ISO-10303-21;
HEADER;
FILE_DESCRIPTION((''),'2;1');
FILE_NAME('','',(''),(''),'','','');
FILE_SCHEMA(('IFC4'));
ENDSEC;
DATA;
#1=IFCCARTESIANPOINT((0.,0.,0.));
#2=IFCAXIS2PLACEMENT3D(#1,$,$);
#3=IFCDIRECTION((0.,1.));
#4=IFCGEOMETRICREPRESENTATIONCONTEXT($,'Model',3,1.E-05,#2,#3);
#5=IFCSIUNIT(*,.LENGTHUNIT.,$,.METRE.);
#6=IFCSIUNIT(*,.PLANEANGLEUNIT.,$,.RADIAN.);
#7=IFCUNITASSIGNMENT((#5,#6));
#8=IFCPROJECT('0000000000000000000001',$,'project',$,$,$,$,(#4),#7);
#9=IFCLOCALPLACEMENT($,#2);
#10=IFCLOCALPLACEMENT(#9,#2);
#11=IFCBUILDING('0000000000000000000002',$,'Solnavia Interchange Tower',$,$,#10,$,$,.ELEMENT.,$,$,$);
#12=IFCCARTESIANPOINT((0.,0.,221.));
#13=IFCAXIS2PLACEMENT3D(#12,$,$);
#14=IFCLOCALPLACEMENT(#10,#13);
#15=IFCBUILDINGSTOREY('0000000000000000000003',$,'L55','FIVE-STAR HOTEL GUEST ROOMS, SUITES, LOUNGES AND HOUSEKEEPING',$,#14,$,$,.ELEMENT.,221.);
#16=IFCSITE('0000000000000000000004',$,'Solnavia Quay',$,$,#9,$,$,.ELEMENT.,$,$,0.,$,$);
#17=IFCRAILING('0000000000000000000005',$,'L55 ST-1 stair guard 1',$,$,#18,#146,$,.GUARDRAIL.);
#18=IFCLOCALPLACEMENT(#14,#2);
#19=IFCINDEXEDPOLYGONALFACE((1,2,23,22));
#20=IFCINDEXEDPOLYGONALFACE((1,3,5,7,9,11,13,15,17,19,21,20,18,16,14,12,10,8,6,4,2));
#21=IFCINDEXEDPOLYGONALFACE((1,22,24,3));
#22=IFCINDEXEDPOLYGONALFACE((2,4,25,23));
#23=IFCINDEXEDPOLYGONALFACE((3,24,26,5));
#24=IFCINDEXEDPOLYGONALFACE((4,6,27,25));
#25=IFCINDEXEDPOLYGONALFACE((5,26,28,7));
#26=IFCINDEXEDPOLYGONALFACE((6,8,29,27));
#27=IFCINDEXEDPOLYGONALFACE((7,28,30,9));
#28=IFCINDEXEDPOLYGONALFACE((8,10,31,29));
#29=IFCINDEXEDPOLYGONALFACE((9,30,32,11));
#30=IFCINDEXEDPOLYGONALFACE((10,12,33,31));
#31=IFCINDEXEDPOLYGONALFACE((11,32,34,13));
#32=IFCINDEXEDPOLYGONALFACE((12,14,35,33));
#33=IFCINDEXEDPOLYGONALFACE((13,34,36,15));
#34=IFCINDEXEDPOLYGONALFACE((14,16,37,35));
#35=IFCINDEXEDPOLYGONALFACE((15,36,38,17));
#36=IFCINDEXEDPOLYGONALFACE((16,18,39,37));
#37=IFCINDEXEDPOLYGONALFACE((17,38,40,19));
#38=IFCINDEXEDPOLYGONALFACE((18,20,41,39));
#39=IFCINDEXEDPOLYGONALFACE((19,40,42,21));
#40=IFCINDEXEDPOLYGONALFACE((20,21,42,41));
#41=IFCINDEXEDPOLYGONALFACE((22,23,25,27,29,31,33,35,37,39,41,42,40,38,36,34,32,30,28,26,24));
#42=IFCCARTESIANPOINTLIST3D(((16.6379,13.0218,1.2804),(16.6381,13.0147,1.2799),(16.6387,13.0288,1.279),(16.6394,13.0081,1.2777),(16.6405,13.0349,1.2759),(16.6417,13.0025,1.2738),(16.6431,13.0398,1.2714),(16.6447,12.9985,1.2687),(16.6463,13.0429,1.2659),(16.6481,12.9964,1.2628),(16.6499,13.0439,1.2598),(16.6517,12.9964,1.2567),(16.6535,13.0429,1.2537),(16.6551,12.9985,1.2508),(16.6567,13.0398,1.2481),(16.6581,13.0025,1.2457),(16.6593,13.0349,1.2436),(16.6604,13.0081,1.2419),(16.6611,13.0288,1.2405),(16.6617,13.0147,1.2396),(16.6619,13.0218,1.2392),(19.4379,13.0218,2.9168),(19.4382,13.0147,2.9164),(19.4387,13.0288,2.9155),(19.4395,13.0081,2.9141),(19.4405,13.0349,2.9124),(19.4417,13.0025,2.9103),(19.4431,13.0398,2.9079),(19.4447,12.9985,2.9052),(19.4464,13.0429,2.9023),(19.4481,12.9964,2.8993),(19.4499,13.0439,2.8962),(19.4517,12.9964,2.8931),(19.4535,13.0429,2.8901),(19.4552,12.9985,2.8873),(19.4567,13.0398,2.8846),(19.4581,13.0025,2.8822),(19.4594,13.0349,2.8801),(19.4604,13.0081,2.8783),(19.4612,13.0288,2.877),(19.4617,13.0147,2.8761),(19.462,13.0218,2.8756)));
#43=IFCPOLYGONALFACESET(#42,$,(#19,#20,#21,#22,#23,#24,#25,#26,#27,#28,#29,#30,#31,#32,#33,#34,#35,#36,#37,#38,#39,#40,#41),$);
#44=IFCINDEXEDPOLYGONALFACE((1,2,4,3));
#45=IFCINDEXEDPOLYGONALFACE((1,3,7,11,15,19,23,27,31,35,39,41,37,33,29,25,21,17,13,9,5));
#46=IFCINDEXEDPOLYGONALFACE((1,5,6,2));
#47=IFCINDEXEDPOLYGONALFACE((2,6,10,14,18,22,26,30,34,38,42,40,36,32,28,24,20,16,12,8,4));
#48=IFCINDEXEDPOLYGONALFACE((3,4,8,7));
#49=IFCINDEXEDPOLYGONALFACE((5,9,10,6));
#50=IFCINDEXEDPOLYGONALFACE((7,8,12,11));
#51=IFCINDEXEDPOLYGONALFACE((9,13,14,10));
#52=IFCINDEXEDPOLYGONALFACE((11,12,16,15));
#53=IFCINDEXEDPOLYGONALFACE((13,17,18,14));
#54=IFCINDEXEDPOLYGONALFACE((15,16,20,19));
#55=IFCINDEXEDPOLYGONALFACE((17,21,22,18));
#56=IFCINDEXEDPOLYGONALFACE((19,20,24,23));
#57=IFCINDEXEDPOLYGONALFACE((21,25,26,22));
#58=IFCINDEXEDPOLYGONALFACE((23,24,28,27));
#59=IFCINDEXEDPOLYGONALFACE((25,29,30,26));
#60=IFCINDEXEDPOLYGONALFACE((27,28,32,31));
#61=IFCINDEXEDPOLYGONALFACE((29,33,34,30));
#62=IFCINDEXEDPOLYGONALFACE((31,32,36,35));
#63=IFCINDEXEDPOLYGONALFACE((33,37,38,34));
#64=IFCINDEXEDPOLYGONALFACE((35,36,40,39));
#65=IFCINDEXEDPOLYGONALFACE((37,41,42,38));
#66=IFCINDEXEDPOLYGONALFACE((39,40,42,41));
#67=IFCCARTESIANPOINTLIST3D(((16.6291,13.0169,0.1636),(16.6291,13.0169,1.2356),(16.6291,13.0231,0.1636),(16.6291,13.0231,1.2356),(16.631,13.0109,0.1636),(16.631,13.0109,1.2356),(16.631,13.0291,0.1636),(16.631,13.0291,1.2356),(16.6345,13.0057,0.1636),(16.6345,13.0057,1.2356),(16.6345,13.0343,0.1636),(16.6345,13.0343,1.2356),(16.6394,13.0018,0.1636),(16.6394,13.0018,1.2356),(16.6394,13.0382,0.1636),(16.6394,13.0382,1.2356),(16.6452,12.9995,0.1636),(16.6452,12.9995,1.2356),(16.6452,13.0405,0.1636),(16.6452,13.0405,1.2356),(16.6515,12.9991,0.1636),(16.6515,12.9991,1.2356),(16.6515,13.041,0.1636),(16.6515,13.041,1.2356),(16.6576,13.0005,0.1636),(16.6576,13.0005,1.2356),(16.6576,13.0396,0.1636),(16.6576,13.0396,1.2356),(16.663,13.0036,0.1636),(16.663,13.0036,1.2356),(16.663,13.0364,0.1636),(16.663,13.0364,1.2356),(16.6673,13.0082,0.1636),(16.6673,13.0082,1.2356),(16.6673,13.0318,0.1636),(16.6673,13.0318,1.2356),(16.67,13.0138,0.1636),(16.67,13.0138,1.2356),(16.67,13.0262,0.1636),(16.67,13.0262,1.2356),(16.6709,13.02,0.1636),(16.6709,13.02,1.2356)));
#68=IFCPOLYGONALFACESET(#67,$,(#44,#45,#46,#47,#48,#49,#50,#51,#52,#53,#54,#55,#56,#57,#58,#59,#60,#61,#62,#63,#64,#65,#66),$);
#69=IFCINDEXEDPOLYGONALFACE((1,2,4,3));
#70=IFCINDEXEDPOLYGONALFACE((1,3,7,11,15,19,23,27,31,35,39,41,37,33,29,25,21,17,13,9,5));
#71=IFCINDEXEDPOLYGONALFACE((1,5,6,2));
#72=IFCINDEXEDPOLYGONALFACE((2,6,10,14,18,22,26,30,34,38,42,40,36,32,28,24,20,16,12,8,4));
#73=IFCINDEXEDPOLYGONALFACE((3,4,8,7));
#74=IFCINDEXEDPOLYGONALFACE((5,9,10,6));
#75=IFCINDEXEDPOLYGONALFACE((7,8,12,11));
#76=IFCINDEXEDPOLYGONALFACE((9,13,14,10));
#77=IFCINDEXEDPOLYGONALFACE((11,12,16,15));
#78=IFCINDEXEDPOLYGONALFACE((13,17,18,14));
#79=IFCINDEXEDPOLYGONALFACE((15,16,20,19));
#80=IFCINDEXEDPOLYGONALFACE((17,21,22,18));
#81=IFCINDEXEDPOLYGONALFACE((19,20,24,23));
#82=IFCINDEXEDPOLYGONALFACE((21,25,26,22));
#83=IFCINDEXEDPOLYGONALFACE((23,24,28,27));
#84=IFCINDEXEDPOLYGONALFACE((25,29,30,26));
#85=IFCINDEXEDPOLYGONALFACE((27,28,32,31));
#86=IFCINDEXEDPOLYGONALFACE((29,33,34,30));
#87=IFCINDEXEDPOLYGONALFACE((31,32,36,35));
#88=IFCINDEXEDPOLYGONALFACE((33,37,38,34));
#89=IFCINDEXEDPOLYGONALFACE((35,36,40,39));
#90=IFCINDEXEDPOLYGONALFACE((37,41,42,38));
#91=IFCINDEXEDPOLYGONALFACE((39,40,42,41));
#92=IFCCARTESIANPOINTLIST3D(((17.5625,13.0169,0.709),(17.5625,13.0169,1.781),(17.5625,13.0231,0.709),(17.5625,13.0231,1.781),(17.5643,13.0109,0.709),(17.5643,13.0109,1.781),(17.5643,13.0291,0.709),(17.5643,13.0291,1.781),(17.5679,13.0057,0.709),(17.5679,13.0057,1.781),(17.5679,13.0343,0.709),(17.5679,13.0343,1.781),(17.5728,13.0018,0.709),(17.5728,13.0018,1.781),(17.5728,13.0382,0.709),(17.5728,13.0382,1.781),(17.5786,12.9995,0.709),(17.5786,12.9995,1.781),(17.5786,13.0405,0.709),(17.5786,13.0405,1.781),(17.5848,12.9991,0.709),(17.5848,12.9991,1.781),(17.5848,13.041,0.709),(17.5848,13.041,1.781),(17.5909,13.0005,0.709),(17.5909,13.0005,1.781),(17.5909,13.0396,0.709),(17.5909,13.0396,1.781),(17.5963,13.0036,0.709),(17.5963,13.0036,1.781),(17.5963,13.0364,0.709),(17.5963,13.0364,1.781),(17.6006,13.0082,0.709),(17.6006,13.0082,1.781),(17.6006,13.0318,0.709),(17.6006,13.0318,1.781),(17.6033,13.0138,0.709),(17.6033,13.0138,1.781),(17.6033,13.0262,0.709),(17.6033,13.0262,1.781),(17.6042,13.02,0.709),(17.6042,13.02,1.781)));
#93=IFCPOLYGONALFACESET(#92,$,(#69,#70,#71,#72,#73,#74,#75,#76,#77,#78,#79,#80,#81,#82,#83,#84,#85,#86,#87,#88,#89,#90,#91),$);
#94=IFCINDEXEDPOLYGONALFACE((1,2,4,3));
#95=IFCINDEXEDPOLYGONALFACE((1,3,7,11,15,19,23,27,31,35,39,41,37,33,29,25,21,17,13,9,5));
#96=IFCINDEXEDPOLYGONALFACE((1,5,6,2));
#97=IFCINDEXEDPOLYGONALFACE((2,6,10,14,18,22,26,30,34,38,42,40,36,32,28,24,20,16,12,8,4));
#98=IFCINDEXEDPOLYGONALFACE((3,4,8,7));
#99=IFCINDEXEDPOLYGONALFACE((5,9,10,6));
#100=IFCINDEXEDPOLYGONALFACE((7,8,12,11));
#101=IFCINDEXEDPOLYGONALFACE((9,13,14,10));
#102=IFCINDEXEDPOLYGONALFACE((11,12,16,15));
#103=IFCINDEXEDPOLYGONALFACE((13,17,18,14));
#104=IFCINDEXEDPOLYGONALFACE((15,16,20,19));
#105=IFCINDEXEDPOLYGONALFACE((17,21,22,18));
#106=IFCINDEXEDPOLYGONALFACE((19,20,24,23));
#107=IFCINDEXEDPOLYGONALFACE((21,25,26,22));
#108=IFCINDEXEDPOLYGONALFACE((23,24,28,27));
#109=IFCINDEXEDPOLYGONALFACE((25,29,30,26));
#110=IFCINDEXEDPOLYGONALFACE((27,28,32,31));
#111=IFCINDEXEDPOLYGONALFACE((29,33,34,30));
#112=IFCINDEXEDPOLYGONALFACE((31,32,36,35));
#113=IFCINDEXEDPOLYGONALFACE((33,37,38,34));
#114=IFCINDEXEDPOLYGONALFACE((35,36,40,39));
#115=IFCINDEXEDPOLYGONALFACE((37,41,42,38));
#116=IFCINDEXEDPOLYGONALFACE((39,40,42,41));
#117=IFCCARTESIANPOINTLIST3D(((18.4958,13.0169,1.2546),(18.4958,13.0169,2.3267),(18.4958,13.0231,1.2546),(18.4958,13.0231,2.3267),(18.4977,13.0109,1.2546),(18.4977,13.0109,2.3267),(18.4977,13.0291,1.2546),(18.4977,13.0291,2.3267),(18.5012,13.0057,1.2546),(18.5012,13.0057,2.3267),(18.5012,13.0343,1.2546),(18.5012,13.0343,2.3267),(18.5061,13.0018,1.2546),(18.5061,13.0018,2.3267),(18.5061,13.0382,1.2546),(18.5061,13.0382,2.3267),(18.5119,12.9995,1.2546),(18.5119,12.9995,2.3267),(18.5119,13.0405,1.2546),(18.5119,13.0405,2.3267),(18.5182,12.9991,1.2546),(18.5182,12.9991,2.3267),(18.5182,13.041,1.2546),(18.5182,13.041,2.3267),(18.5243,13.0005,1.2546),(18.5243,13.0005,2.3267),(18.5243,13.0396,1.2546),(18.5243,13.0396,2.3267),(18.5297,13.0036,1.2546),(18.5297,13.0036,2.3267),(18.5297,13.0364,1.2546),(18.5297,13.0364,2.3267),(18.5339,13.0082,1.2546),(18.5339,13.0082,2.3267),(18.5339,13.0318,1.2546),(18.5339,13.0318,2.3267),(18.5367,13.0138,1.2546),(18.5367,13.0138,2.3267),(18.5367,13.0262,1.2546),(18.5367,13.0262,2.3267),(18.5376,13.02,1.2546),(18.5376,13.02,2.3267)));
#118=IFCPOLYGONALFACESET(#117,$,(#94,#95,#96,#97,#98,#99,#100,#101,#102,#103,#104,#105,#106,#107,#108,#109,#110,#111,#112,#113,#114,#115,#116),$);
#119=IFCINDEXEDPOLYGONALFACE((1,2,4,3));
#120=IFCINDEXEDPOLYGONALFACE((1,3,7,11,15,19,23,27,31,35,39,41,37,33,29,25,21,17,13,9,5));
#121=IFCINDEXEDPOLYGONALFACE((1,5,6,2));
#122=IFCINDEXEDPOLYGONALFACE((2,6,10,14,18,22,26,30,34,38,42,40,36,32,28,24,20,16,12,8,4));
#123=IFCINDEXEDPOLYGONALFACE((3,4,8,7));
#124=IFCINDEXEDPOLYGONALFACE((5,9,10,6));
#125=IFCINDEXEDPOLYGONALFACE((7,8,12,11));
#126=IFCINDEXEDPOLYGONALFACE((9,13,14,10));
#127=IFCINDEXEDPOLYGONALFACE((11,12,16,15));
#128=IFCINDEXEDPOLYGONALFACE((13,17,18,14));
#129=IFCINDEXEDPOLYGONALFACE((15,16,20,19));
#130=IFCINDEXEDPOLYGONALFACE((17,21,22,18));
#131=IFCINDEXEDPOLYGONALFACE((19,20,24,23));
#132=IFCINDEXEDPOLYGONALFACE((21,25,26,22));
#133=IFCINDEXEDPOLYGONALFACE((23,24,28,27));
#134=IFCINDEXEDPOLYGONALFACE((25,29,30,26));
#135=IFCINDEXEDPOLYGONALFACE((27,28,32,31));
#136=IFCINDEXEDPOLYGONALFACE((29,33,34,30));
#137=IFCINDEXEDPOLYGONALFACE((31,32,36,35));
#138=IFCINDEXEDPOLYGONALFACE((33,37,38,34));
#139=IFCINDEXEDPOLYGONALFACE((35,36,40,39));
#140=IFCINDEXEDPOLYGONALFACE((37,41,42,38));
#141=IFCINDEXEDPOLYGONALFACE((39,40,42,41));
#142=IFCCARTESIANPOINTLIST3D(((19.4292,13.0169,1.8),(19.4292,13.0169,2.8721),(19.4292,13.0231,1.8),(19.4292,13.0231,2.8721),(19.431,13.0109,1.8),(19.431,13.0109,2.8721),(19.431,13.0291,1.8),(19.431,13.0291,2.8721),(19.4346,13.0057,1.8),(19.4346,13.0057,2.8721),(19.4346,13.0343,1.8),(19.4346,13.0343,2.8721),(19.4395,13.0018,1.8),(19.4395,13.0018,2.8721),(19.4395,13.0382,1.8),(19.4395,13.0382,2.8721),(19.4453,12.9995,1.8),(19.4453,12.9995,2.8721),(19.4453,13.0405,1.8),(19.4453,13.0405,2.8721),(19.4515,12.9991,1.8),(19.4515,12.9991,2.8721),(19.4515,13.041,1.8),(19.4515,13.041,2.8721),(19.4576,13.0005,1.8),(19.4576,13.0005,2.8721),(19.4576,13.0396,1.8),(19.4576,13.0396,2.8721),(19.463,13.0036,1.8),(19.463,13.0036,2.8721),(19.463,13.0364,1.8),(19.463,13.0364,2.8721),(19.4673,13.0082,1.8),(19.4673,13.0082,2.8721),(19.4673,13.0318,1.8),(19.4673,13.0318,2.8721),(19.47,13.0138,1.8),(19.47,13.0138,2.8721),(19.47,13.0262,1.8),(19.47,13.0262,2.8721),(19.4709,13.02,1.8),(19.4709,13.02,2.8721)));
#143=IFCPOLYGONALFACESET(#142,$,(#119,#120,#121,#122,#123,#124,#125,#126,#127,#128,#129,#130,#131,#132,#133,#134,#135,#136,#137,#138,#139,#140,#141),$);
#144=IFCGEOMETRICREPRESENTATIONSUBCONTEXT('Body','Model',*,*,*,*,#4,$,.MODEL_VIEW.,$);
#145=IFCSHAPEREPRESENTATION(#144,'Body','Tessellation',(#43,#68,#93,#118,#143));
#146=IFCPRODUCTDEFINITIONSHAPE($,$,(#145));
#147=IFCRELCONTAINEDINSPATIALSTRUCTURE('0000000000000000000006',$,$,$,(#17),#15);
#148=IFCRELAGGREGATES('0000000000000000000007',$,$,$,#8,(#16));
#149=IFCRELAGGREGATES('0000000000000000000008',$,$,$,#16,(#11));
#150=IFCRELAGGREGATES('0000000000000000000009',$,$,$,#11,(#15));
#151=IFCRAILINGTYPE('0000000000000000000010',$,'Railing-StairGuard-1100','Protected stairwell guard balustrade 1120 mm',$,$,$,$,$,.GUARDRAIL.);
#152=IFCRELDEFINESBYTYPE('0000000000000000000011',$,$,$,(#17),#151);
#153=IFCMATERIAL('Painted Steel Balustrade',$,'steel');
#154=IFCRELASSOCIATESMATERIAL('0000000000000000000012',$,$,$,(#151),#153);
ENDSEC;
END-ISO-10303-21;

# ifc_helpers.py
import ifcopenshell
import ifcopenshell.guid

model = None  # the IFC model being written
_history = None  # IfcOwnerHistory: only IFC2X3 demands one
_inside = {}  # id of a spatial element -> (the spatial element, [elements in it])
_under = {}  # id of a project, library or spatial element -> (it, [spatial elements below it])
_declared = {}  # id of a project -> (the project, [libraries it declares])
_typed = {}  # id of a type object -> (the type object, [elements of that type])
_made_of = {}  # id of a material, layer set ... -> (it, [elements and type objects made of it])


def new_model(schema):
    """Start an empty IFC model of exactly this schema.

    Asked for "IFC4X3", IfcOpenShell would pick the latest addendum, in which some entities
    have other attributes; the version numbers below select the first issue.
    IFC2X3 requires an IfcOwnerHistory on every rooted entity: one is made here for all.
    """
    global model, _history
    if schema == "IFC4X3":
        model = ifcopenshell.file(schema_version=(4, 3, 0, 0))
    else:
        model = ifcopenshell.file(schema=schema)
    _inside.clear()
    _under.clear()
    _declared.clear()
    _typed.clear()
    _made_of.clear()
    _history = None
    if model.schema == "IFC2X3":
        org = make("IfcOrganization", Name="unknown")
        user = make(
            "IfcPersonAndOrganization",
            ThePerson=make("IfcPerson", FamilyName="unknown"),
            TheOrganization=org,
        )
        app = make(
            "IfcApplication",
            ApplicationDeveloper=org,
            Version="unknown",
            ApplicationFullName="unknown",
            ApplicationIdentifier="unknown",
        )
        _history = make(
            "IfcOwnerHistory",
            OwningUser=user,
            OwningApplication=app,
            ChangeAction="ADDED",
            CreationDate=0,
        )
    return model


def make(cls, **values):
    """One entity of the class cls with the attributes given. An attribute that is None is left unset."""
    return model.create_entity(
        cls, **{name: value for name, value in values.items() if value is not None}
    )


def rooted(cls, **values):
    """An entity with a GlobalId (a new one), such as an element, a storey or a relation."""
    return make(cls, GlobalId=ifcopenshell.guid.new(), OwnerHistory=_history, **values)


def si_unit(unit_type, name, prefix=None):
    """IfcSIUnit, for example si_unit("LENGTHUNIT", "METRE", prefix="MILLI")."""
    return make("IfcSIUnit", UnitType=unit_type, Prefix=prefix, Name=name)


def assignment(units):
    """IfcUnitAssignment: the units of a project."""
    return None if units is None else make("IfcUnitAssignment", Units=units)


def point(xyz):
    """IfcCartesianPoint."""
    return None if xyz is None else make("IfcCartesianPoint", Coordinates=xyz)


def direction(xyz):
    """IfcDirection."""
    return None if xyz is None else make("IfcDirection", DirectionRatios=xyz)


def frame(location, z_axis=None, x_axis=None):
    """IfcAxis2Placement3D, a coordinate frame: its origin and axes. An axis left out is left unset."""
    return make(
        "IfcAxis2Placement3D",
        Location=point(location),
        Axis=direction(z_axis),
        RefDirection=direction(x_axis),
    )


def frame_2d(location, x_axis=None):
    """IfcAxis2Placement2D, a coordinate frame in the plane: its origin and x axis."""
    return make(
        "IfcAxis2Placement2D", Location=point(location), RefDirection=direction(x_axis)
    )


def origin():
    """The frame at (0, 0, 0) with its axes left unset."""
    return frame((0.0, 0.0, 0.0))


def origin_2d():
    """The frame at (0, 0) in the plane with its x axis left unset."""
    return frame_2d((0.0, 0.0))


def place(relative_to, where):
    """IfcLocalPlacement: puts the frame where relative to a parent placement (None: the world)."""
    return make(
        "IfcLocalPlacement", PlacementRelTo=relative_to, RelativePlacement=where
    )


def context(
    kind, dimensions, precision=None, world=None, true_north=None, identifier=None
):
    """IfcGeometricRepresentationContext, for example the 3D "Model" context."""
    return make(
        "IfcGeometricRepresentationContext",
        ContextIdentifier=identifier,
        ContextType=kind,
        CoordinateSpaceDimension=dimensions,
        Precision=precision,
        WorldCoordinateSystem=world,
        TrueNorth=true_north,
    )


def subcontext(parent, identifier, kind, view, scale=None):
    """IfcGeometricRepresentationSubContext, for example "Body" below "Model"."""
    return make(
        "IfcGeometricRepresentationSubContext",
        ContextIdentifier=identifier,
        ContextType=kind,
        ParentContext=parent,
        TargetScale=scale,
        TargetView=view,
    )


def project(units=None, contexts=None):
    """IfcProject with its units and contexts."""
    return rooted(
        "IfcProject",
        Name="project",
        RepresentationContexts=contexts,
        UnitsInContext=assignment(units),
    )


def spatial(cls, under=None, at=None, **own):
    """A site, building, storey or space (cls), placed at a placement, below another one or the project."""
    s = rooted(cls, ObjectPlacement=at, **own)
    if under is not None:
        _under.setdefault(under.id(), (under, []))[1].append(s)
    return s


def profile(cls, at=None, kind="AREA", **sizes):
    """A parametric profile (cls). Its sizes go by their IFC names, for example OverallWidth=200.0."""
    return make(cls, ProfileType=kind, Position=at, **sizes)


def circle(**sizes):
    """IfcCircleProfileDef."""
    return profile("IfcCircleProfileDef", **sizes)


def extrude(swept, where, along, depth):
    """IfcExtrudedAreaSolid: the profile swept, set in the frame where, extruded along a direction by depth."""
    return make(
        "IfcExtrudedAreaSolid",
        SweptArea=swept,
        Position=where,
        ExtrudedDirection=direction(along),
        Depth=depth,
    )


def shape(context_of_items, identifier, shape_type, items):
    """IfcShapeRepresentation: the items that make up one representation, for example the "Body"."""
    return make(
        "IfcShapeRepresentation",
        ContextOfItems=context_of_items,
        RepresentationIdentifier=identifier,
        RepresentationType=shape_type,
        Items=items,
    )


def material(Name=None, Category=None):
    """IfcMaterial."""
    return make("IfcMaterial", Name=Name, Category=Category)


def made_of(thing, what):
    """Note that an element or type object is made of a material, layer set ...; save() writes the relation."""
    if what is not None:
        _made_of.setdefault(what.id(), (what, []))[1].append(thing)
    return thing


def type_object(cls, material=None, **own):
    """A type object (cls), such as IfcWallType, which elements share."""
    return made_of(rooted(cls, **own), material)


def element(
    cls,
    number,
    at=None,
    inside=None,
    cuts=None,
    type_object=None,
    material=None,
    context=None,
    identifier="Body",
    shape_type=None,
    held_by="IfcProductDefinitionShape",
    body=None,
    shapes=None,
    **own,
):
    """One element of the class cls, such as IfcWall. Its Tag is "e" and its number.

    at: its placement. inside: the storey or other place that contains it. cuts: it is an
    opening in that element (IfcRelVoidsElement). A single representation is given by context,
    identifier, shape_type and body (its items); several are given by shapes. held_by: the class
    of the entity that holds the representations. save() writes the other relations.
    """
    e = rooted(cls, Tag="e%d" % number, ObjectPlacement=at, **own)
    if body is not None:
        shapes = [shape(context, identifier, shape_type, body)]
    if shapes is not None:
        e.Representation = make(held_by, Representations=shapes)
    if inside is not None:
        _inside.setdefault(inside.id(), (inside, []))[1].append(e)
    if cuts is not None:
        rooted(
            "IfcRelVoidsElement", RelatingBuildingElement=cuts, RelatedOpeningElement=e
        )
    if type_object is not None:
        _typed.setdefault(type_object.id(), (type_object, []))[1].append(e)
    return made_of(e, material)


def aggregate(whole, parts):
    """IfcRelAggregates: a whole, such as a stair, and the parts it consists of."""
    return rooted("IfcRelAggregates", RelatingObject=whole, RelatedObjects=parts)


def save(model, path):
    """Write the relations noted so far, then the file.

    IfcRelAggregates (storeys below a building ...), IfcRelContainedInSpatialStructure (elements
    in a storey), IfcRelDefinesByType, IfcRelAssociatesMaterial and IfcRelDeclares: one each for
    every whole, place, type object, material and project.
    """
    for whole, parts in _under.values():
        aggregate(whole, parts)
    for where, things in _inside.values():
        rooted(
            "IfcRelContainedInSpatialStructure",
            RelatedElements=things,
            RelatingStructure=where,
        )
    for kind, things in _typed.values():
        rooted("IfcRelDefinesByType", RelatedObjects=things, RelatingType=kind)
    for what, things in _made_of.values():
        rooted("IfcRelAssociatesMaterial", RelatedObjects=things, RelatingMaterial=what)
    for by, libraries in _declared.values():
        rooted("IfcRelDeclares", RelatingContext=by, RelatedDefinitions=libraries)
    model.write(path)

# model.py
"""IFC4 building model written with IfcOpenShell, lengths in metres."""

from ifc_helpers import new_model, si_unit, direction, frame, origin, origin_2d, place, context, subcontext, project, spatial, circle, extrude, material, type_object, element, save


model = new_model("IFC4")

# Units and contexts
model_context = context("Model", 3, precision=1e-05, world=origin(), true_north=direction((0.0, 1.0)))
body_context = subcontext(model_context, "Body", "Model", "MODEL_VIEW")
ifc_project = project(units=[si_unit("LENGTHUNIT", "METRE"), si_unit("PLANEANGLEUNIT", "RADIAN")], contexts=[model_context])

# Site, building, storey
site_placement = place(None, origin())
site = spatial("IfcSite", under=ifc_project, at=site_placement, Name="Solnavia Quay", CompositionType="ELEMENT", RefElevation=0.0)
building_placement = place(site_placement, origin())
building = spatial("IfcBuilding", under=site, at=building_placement, Name="Solnavia Interchange Tower", CompositionType="ELEMENT")
storey_placement = place(building_placement, frame((0.0, 0.0, 221.0)))
storey = spatial("IfcBuildingStorey", under=building, at=storey_placement, Name="L55", Description="FIVE-STAR HOTEL GUEST ROOMS, SUITES, LOUNGES AND HOUSEKEEPING", CompositionType="ELEMENT", Elevation=221.0)

# Railing
ifc_material_1 = material(Name="Painted Steel Balustrade", Category="steel")
railing_type_1 = type_object("IfcRailingType", Name="Railing-StairGuard-1100", Description="Protected stairwell guard balustrade 1120 mm", PredefinedType="GUARDRAIL", material=ifc_material_1)
railing_1_placement = place(storey_placement, frame((16.6499, 13.02, 0.1636)))
element("IfcRailing", 1, at=railing_1_placement, inside=storey, type_object=railing_type_1, Name="L55 ST-1 stair guard 1", PredefinedType="GUARDRAIL", context=body_context, shape_type="SweptSolid", body=[
    extrude(circle(Radius=0.0239, at=origin_2d()), frame((0.0, 0.0, 1.0962), z_axis=(0.863361, 0.0, 0.504587), x_axis=(0.0, 1.0, 0.0)), (0.0, 0.0, 1.0), 3.2432),
    extrude(circle(Radius=0.021, at=origin_2d()), origin(), (0.0, 0.0, 1.0), 1.072),
    extrude(circle(Radius=0.021, at=origin_2d()), frame((0.9333, 0.0, 0.5454)), (0.0, 0.0, 1.0), 1.072),
    extrude(circle(Radius=0.021, at=origin_2d()), frame((1.8667, 0.0, 1.0911)), (0.0, 0.0, 1.0), 1.072),
    extrude(circle(Radius=0.021, at=origin_2d()), frame((2.8, 0.0, 1.6365)), (0.0, 0.0, 1.0), 1.072),
])

save(model, "model.ifc")
